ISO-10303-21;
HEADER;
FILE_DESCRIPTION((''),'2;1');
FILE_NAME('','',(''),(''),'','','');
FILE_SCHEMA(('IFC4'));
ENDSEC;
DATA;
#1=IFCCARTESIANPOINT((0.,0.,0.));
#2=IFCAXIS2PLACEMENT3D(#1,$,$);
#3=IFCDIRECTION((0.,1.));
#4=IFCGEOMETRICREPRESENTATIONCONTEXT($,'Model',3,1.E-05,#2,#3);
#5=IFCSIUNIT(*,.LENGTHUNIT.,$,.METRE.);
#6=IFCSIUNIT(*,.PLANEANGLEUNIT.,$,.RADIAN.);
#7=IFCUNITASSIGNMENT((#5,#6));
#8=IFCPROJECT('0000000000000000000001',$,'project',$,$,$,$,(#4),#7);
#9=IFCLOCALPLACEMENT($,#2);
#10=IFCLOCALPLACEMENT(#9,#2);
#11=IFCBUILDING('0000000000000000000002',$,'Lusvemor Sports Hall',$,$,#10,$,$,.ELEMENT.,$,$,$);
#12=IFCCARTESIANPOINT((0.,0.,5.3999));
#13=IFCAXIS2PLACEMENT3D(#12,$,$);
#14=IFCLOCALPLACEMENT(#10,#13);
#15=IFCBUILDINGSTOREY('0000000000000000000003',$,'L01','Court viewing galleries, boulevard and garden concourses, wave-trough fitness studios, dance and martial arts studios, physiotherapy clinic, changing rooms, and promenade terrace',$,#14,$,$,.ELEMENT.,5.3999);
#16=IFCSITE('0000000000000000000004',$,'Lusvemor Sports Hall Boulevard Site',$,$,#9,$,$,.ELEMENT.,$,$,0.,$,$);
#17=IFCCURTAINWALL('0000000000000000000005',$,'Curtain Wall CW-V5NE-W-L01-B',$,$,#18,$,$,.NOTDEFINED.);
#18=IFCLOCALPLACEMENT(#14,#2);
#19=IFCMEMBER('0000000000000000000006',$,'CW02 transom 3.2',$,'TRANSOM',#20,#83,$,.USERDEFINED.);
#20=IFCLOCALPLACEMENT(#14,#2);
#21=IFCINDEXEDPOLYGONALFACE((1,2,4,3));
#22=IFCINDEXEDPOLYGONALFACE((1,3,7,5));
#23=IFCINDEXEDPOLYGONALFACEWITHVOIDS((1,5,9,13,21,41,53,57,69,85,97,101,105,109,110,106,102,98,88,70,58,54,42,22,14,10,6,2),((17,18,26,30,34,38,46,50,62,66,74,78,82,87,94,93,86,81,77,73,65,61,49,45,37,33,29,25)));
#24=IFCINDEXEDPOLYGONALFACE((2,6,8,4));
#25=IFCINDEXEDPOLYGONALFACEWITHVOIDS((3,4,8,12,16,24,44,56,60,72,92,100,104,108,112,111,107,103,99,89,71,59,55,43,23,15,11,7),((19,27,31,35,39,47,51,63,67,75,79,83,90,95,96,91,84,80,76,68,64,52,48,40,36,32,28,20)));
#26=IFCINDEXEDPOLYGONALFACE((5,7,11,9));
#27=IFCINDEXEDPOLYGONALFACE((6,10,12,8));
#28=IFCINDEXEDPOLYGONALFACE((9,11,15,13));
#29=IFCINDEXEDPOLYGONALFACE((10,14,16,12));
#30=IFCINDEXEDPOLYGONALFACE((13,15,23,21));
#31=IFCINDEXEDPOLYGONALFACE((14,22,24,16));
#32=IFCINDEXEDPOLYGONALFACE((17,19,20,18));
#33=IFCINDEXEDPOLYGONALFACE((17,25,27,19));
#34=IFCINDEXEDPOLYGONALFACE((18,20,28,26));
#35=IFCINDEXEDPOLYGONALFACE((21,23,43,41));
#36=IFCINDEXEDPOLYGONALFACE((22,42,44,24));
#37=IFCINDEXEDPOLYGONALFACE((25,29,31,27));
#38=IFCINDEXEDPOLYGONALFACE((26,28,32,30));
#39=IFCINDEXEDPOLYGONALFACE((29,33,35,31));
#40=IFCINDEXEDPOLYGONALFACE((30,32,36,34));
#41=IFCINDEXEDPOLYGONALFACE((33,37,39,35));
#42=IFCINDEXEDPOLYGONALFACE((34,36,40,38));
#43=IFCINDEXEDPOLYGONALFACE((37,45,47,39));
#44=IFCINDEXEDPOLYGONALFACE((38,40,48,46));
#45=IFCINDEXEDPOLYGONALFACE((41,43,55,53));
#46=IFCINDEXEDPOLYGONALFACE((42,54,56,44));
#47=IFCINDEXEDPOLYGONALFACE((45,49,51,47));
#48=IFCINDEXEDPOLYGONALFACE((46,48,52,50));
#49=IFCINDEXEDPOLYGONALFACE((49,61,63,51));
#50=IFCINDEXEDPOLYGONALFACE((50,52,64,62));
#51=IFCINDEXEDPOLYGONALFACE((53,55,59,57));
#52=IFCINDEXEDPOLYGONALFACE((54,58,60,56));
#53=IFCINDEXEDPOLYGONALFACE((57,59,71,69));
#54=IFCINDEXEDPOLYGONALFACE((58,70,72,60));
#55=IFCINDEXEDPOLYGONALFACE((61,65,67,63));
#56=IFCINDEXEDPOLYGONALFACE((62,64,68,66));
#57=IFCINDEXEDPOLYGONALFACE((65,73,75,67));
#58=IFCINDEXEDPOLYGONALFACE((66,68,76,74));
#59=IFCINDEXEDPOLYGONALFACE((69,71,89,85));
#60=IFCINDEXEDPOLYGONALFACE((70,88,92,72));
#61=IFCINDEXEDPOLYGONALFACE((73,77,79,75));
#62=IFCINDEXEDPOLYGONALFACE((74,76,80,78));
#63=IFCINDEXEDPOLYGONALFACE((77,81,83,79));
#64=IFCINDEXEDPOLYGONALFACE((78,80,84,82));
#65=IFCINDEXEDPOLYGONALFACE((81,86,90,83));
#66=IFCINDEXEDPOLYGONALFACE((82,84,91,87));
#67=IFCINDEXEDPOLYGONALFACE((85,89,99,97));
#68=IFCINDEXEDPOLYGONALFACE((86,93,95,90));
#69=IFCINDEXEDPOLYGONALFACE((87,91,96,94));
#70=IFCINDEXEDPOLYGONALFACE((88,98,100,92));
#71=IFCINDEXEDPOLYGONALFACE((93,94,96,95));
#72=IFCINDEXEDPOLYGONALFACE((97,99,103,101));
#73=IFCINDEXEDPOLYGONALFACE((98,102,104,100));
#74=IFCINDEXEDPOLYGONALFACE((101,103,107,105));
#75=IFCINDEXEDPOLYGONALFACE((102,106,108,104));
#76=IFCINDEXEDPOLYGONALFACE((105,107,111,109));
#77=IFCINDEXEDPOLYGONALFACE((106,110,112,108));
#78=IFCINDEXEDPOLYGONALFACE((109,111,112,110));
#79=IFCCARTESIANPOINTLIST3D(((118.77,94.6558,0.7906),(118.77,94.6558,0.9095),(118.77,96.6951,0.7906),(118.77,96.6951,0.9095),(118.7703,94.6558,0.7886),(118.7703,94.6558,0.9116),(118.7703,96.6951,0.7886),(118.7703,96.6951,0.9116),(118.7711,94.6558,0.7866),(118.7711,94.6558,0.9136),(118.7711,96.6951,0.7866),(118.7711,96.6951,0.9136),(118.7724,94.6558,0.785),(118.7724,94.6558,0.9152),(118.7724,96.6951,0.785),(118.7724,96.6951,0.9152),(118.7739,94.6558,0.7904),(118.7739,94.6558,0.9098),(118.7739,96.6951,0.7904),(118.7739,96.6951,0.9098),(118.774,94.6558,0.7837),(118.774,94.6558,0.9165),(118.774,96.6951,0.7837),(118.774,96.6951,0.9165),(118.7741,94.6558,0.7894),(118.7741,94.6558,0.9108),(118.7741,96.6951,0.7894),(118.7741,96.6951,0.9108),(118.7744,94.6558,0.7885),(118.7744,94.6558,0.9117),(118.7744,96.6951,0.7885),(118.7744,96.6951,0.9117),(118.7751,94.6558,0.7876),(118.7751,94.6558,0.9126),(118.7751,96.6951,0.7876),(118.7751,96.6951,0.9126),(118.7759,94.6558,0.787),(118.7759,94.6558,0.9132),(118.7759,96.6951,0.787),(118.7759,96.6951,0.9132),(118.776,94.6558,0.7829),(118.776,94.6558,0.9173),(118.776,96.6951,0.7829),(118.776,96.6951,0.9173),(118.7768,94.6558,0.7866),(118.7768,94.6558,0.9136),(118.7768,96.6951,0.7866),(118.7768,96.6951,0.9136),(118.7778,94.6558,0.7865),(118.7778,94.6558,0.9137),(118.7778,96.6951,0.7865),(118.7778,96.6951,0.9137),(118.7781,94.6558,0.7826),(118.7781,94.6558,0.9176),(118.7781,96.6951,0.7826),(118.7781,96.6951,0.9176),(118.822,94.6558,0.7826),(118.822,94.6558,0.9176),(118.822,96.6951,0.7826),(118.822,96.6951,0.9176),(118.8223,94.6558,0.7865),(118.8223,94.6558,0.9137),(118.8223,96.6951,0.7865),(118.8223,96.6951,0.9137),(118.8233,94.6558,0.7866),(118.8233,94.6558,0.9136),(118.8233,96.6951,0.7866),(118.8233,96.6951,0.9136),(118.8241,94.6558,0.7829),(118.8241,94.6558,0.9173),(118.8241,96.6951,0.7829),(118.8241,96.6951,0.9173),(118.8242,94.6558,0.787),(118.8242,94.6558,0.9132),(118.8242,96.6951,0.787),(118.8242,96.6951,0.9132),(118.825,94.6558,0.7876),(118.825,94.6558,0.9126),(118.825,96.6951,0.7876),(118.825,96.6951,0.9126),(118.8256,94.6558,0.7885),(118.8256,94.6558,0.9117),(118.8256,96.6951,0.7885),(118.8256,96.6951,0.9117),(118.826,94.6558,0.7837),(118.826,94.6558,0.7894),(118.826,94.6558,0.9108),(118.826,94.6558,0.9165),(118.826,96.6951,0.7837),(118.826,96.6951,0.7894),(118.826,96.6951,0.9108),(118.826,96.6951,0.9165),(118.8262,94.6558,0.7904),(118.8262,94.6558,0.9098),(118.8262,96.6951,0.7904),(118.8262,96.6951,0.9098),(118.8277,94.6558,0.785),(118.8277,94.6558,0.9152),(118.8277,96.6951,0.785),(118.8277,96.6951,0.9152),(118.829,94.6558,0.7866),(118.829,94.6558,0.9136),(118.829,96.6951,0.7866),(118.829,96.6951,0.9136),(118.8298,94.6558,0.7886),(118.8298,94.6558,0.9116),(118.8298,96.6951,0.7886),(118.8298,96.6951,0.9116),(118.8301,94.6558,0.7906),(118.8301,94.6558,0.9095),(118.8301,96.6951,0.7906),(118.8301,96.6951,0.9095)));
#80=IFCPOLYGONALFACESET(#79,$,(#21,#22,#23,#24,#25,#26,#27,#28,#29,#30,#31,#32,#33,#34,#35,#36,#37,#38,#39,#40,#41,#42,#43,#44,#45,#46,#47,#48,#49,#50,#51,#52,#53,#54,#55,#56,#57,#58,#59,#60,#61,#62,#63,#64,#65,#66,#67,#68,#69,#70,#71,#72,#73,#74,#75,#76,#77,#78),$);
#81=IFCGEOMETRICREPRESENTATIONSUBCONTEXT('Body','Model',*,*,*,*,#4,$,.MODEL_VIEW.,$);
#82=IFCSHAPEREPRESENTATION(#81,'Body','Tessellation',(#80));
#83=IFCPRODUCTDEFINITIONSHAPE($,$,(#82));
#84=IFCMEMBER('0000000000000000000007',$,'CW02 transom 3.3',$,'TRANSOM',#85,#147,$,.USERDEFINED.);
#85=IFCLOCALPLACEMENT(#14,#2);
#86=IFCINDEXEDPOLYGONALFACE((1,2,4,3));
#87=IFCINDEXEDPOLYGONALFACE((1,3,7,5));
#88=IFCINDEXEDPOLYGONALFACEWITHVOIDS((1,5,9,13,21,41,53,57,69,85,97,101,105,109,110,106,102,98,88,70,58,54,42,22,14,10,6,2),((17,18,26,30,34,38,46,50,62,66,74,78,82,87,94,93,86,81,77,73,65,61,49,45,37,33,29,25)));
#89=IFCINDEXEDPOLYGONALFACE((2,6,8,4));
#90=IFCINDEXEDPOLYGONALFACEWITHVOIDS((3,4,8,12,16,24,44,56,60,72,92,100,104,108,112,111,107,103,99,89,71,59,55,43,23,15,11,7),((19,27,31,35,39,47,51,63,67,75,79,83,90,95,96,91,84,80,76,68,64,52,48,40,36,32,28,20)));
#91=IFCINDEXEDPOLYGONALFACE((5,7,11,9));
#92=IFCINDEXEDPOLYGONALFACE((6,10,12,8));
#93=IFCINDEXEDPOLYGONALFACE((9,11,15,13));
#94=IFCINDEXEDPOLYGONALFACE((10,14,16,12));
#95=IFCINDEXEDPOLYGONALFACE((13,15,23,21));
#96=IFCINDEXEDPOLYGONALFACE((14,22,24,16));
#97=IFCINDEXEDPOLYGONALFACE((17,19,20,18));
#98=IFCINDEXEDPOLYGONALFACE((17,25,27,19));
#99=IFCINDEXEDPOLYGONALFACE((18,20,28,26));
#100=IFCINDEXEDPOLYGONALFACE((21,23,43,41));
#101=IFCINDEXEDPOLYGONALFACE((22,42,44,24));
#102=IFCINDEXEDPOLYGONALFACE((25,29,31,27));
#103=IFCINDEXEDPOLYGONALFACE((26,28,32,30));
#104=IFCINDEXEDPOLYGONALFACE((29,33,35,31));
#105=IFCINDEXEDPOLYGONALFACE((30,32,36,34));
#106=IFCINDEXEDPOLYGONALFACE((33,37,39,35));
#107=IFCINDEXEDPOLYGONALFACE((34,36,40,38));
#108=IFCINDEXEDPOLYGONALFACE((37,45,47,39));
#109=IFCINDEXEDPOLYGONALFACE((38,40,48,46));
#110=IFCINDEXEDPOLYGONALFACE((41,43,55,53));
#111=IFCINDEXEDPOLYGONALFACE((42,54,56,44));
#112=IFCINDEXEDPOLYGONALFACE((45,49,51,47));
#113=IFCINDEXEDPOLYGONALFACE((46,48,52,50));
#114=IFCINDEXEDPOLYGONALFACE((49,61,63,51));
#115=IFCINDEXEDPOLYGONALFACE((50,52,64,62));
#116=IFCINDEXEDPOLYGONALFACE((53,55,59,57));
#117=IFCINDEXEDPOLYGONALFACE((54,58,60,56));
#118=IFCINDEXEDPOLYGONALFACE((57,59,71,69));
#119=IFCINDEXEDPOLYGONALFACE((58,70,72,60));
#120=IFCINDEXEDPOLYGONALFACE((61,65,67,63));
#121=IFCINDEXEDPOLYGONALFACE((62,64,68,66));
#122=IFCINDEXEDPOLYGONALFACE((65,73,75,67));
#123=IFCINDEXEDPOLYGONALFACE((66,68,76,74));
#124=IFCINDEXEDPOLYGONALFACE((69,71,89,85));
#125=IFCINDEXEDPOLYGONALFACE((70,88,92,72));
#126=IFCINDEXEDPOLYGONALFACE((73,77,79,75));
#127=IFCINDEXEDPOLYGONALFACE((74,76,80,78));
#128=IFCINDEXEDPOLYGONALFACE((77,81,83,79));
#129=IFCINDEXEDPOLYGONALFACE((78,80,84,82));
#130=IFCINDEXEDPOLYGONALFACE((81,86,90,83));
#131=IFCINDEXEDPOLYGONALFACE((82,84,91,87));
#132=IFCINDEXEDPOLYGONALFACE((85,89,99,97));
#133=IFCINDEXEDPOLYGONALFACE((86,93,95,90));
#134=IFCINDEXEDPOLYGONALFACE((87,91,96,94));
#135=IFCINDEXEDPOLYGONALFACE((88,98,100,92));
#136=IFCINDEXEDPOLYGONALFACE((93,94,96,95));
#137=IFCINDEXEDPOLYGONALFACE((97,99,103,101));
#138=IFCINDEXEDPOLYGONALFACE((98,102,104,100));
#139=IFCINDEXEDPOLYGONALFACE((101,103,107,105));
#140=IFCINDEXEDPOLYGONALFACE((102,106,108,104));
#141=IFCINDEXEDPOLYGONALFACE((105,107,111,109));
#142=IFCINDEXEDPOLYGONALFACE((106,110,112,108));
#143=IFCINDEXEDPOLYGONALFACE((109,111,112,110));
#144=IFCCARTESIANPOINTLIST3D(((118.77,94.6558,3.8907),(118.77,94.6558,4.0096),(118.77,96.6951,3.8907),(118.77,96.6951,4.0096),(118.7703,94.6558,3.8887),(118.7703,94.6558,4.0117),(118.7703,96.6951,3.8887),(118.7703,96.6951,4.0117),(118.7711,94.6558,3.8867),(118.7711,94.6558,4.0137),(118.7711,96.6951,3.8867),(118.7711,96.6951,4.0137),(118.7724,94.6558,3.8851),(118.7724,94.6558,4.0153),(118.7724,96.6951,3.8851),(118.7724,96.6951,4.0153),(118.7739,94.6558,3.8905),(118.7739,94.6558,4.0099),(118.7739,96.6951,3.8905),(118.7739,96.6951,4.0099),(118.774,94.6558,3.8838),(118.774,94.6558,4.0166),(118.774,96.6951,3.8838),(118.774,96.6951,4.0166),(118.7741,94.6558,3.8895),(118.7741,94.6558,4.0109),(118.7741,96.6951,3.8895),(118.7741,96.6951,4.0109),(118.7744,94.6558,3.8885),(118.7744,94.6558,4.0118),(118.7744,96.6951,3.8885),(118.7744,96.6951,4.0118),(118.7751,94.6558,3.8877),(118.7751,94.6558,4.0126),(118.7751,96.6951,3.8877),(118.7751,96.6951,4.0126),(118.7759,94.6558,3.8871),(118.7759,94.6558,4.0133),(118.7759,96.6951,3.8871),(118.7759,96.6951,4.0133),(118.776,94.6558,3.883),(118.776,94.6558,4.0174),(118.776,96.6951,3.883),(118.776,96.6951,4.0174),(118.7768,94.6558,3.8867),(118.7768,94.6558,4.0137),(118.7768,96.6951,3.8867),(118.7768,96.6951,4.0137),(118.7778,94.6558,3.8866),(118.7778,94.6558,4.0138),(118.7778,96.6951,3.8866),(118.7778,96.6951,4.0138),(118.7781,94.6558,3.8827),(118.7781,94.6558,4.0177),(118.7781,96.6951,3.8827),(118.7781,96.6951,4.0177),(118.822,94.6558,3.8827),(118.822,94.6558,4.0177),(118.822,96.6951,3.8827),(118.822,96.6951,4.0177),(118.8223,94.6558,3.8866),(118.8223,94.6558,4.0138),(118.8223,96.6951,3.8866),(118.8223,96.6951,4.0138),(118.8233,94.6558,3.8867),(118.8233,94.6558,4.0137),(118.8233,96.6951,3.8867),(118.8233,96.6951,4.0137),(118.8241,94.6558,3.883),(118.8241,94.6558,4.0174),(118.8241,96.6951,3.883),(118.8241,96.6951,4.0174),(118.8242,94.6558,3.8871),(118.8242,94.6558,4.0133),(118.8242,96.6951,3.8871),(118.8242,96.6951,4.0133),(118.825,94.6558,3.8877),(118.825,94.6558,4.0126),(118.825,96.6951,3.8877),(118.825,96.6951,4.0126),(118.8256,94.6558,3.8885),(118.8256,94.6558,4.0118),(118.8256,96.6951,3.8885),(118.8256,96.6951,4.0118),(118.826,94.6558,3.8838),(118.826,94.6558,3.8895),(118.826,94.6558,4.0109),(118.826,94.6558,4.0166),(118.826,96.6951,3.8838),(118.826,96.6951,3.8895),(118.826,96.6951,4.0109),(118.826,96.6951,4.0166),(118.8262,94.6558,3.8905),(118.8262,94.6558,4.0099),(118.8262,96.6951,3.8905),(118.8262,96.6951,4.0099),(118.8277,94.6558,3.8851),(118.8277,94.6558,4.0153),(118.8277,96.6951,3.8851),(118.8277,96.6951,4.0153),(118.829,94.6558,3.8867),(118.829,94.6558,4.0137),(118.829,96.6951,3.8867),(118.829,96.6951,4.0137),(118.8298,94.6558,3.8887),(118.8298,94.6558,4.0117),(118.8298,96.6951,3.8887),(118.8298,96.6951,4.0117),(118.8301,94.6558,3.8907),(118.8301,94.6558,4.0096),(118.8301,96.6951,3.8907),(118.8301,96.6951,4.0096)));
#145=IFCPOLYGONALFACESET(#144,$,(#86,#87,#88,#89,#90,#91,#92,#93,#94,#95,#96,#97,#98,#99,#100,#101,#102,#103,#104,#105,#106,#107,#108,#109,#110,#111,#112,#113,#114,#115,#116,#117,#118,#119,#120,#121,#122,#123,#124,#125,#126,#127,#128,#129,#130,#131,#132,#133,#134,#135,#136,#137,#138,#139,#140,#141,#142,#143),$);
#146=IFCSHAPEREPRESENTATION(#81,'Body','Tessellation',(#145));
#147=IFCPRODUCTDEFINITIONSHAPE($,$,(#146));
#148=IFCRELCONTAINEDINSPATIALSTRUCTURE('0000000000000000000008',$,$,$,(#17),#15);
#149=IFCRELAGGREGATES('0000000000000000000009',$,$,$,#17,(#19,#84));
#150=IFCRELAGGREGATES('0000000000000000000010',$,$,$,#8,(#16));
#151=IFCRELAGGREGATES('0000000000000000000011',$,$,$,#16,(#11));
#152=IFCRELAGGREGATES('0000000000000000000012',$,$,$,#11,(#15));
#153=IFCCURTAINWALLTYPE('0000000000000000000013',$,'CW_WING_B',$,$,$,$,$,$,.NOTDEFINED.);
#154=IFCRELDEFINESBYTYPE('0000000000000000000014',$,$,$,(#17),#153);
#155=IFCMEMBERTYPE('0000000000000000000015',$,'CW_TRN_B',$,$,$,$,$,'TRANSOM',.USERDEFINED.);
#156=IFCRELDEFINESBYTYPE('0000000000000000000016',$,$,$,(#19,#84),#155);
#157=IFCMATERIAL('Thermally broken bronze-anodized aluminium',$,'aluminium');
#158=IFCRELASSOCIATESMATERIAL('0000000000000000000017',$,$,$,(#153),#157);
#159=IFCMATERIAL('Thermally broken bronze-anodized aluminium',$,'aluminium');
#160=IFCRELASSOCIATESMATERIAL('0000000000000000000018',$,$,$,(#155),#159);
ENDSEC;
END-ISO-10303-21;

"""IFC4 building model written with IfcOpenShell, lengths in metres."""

from ifc_helpers import new_model, si_unit, direction, frame, origin, origin_2d, place, context, subcontext, project, spatial, hollow_rectangle, extrude, material, material_profile, profile_set, type_object, element, aggregate, save


model = new_model("IFC4")

# Units and contexts
model_context = context("Model", 3, precision=1e-05, world=origin(), true_north=direction((0.0, 1.0)))
body_context = subcontext(model_context, "Body", "Model", "MODEL_VIEW")
ifc_project = project(units=[si_unit("LENGTHUNIT", "METRE"), si_unit("PLANEANGLEUNIT", "RADIAN")], contexts=[model_context])

# Site, building, storey
site_placement = place(None, origin())
site = spatial("IfcSite", under=ifc_project, at=site_placement, Name="Lusvemor Sports Hall Boulevard Site", CompositionType="ELEMENT", RefElevation=0.0)
building_placement = place(site_placement, origin())
building = spatial("IfcBuilding", under=site, at=building_placement, Name="Lusvemor Sports Hall", CompositionType="ELEMENT")
storey_placement = place(building_placement, frame((0.0, 0.0, 5.3999)))
storey = spatial("IfcBuildingStorey", under=building, at=storey_placement, Name="L01", Description="Court viewing galleries, boulevard and garden concourses, wave-trough fitness studios, dance and martial arts studios, physiotherapy clinic, changing rooms, and promenade terrace", CompositionType="ELEMENT", Elevation=5.3999)

# Curtain wall
ifc_material_1 = material(Name="Thermally broken bronze-anodized aluminium", Category="aluminium")
curtain_wall_type = type_object("IfcCurtainWallType", Name="CW_WING_B", PredefinedType="NOTDEFINED", material=ifc_material_1)
curtain_wall_1_placement = place(storey_placement, origin())
curtain_wall_1 = element("IfcCurtainWall", 1, at=curtain_wall_1_placement, inside=storey, type_object=curtain_wall_type, Name="Curtain Wall CW-V5NE-W-L01-B", PredefinedType="NOTDEFINED")

# Members
ifc_material_2 = material(Name="Thermally broken bronze-anodized aluminium", Category="aluminium")
ifc_material_profile_1 = material_profile(ifc_material_2, hollow_rectangle(XDim=0.0601, YDim=0.135, WallThickness=0.0039, InnerFilletRadius=0.0039, OuterFilletRadius=0.0081, at=origin_2d()), Name="CWTRN135x60x4")
ifc_profile_set_1 = profile_set([ifc_material_profile_1], Name="Thermally broken bronze-anodized aluminium")
member_type_1 = type_object("IfcMemberType", Name="CW_TRN_B", ElementType="TRANSOM", PredefinedType="USERDEFINED", material=ifc_profile_set_1)
member_1_placement = place(storey_placement, frame((118.8, 94.6558, 0.8501), z_axis=(0.0, 1.0, 0.0), x_axis=(-1.0, 0.0, 0.0)))
member_1 = element("IfcMember", 2, at=member_1_placement, type_object=member_type_1, Name="CW02 transom 3.2", ObjectType="TRANSOM", PredefinedType="USERDEFINED", context=body_context, shape_type="SweptSolid", body=[
    extrude(hollow_rectangle(XDim=0.0601, YDim=0.135, WallThickness=0.0039, InnerFilletRadius=0.0039, OuterFilletRadius=0.0081, at=origin_2d()), origin(), (0.0, 0.0, 1.0), 2.0393),
])
member_2_placement = place(storey_placement, frame((118.8, 94.6558, 3.9502), z_axis=(0.0, 1.0, 0.0), x_axis=(-1.0, 0.0, 0.0)))
member_2 = element("IfcMember", 3, at=member_2_placement, type_object=member_type_1, Name="CW02 transom 3.3", ObjectType="TRANSOM", PredefinedType="USERDEFINED", context=body_context, shape_type="SweptSolid", body=[
    extrude(hollow_rectangle(XDim=0.0601, YDim=0.135, WallThickness=0.0039, InnerFilletRadius=0.0039, OuterFilletRadius=0.0081, at=origin_2d()), origin(), (0.0, 0.0, 1.0), 2.0393),
])

aggregate(curtain_wall_1, [member_1, member_2])

save(model, "model.ifc")
